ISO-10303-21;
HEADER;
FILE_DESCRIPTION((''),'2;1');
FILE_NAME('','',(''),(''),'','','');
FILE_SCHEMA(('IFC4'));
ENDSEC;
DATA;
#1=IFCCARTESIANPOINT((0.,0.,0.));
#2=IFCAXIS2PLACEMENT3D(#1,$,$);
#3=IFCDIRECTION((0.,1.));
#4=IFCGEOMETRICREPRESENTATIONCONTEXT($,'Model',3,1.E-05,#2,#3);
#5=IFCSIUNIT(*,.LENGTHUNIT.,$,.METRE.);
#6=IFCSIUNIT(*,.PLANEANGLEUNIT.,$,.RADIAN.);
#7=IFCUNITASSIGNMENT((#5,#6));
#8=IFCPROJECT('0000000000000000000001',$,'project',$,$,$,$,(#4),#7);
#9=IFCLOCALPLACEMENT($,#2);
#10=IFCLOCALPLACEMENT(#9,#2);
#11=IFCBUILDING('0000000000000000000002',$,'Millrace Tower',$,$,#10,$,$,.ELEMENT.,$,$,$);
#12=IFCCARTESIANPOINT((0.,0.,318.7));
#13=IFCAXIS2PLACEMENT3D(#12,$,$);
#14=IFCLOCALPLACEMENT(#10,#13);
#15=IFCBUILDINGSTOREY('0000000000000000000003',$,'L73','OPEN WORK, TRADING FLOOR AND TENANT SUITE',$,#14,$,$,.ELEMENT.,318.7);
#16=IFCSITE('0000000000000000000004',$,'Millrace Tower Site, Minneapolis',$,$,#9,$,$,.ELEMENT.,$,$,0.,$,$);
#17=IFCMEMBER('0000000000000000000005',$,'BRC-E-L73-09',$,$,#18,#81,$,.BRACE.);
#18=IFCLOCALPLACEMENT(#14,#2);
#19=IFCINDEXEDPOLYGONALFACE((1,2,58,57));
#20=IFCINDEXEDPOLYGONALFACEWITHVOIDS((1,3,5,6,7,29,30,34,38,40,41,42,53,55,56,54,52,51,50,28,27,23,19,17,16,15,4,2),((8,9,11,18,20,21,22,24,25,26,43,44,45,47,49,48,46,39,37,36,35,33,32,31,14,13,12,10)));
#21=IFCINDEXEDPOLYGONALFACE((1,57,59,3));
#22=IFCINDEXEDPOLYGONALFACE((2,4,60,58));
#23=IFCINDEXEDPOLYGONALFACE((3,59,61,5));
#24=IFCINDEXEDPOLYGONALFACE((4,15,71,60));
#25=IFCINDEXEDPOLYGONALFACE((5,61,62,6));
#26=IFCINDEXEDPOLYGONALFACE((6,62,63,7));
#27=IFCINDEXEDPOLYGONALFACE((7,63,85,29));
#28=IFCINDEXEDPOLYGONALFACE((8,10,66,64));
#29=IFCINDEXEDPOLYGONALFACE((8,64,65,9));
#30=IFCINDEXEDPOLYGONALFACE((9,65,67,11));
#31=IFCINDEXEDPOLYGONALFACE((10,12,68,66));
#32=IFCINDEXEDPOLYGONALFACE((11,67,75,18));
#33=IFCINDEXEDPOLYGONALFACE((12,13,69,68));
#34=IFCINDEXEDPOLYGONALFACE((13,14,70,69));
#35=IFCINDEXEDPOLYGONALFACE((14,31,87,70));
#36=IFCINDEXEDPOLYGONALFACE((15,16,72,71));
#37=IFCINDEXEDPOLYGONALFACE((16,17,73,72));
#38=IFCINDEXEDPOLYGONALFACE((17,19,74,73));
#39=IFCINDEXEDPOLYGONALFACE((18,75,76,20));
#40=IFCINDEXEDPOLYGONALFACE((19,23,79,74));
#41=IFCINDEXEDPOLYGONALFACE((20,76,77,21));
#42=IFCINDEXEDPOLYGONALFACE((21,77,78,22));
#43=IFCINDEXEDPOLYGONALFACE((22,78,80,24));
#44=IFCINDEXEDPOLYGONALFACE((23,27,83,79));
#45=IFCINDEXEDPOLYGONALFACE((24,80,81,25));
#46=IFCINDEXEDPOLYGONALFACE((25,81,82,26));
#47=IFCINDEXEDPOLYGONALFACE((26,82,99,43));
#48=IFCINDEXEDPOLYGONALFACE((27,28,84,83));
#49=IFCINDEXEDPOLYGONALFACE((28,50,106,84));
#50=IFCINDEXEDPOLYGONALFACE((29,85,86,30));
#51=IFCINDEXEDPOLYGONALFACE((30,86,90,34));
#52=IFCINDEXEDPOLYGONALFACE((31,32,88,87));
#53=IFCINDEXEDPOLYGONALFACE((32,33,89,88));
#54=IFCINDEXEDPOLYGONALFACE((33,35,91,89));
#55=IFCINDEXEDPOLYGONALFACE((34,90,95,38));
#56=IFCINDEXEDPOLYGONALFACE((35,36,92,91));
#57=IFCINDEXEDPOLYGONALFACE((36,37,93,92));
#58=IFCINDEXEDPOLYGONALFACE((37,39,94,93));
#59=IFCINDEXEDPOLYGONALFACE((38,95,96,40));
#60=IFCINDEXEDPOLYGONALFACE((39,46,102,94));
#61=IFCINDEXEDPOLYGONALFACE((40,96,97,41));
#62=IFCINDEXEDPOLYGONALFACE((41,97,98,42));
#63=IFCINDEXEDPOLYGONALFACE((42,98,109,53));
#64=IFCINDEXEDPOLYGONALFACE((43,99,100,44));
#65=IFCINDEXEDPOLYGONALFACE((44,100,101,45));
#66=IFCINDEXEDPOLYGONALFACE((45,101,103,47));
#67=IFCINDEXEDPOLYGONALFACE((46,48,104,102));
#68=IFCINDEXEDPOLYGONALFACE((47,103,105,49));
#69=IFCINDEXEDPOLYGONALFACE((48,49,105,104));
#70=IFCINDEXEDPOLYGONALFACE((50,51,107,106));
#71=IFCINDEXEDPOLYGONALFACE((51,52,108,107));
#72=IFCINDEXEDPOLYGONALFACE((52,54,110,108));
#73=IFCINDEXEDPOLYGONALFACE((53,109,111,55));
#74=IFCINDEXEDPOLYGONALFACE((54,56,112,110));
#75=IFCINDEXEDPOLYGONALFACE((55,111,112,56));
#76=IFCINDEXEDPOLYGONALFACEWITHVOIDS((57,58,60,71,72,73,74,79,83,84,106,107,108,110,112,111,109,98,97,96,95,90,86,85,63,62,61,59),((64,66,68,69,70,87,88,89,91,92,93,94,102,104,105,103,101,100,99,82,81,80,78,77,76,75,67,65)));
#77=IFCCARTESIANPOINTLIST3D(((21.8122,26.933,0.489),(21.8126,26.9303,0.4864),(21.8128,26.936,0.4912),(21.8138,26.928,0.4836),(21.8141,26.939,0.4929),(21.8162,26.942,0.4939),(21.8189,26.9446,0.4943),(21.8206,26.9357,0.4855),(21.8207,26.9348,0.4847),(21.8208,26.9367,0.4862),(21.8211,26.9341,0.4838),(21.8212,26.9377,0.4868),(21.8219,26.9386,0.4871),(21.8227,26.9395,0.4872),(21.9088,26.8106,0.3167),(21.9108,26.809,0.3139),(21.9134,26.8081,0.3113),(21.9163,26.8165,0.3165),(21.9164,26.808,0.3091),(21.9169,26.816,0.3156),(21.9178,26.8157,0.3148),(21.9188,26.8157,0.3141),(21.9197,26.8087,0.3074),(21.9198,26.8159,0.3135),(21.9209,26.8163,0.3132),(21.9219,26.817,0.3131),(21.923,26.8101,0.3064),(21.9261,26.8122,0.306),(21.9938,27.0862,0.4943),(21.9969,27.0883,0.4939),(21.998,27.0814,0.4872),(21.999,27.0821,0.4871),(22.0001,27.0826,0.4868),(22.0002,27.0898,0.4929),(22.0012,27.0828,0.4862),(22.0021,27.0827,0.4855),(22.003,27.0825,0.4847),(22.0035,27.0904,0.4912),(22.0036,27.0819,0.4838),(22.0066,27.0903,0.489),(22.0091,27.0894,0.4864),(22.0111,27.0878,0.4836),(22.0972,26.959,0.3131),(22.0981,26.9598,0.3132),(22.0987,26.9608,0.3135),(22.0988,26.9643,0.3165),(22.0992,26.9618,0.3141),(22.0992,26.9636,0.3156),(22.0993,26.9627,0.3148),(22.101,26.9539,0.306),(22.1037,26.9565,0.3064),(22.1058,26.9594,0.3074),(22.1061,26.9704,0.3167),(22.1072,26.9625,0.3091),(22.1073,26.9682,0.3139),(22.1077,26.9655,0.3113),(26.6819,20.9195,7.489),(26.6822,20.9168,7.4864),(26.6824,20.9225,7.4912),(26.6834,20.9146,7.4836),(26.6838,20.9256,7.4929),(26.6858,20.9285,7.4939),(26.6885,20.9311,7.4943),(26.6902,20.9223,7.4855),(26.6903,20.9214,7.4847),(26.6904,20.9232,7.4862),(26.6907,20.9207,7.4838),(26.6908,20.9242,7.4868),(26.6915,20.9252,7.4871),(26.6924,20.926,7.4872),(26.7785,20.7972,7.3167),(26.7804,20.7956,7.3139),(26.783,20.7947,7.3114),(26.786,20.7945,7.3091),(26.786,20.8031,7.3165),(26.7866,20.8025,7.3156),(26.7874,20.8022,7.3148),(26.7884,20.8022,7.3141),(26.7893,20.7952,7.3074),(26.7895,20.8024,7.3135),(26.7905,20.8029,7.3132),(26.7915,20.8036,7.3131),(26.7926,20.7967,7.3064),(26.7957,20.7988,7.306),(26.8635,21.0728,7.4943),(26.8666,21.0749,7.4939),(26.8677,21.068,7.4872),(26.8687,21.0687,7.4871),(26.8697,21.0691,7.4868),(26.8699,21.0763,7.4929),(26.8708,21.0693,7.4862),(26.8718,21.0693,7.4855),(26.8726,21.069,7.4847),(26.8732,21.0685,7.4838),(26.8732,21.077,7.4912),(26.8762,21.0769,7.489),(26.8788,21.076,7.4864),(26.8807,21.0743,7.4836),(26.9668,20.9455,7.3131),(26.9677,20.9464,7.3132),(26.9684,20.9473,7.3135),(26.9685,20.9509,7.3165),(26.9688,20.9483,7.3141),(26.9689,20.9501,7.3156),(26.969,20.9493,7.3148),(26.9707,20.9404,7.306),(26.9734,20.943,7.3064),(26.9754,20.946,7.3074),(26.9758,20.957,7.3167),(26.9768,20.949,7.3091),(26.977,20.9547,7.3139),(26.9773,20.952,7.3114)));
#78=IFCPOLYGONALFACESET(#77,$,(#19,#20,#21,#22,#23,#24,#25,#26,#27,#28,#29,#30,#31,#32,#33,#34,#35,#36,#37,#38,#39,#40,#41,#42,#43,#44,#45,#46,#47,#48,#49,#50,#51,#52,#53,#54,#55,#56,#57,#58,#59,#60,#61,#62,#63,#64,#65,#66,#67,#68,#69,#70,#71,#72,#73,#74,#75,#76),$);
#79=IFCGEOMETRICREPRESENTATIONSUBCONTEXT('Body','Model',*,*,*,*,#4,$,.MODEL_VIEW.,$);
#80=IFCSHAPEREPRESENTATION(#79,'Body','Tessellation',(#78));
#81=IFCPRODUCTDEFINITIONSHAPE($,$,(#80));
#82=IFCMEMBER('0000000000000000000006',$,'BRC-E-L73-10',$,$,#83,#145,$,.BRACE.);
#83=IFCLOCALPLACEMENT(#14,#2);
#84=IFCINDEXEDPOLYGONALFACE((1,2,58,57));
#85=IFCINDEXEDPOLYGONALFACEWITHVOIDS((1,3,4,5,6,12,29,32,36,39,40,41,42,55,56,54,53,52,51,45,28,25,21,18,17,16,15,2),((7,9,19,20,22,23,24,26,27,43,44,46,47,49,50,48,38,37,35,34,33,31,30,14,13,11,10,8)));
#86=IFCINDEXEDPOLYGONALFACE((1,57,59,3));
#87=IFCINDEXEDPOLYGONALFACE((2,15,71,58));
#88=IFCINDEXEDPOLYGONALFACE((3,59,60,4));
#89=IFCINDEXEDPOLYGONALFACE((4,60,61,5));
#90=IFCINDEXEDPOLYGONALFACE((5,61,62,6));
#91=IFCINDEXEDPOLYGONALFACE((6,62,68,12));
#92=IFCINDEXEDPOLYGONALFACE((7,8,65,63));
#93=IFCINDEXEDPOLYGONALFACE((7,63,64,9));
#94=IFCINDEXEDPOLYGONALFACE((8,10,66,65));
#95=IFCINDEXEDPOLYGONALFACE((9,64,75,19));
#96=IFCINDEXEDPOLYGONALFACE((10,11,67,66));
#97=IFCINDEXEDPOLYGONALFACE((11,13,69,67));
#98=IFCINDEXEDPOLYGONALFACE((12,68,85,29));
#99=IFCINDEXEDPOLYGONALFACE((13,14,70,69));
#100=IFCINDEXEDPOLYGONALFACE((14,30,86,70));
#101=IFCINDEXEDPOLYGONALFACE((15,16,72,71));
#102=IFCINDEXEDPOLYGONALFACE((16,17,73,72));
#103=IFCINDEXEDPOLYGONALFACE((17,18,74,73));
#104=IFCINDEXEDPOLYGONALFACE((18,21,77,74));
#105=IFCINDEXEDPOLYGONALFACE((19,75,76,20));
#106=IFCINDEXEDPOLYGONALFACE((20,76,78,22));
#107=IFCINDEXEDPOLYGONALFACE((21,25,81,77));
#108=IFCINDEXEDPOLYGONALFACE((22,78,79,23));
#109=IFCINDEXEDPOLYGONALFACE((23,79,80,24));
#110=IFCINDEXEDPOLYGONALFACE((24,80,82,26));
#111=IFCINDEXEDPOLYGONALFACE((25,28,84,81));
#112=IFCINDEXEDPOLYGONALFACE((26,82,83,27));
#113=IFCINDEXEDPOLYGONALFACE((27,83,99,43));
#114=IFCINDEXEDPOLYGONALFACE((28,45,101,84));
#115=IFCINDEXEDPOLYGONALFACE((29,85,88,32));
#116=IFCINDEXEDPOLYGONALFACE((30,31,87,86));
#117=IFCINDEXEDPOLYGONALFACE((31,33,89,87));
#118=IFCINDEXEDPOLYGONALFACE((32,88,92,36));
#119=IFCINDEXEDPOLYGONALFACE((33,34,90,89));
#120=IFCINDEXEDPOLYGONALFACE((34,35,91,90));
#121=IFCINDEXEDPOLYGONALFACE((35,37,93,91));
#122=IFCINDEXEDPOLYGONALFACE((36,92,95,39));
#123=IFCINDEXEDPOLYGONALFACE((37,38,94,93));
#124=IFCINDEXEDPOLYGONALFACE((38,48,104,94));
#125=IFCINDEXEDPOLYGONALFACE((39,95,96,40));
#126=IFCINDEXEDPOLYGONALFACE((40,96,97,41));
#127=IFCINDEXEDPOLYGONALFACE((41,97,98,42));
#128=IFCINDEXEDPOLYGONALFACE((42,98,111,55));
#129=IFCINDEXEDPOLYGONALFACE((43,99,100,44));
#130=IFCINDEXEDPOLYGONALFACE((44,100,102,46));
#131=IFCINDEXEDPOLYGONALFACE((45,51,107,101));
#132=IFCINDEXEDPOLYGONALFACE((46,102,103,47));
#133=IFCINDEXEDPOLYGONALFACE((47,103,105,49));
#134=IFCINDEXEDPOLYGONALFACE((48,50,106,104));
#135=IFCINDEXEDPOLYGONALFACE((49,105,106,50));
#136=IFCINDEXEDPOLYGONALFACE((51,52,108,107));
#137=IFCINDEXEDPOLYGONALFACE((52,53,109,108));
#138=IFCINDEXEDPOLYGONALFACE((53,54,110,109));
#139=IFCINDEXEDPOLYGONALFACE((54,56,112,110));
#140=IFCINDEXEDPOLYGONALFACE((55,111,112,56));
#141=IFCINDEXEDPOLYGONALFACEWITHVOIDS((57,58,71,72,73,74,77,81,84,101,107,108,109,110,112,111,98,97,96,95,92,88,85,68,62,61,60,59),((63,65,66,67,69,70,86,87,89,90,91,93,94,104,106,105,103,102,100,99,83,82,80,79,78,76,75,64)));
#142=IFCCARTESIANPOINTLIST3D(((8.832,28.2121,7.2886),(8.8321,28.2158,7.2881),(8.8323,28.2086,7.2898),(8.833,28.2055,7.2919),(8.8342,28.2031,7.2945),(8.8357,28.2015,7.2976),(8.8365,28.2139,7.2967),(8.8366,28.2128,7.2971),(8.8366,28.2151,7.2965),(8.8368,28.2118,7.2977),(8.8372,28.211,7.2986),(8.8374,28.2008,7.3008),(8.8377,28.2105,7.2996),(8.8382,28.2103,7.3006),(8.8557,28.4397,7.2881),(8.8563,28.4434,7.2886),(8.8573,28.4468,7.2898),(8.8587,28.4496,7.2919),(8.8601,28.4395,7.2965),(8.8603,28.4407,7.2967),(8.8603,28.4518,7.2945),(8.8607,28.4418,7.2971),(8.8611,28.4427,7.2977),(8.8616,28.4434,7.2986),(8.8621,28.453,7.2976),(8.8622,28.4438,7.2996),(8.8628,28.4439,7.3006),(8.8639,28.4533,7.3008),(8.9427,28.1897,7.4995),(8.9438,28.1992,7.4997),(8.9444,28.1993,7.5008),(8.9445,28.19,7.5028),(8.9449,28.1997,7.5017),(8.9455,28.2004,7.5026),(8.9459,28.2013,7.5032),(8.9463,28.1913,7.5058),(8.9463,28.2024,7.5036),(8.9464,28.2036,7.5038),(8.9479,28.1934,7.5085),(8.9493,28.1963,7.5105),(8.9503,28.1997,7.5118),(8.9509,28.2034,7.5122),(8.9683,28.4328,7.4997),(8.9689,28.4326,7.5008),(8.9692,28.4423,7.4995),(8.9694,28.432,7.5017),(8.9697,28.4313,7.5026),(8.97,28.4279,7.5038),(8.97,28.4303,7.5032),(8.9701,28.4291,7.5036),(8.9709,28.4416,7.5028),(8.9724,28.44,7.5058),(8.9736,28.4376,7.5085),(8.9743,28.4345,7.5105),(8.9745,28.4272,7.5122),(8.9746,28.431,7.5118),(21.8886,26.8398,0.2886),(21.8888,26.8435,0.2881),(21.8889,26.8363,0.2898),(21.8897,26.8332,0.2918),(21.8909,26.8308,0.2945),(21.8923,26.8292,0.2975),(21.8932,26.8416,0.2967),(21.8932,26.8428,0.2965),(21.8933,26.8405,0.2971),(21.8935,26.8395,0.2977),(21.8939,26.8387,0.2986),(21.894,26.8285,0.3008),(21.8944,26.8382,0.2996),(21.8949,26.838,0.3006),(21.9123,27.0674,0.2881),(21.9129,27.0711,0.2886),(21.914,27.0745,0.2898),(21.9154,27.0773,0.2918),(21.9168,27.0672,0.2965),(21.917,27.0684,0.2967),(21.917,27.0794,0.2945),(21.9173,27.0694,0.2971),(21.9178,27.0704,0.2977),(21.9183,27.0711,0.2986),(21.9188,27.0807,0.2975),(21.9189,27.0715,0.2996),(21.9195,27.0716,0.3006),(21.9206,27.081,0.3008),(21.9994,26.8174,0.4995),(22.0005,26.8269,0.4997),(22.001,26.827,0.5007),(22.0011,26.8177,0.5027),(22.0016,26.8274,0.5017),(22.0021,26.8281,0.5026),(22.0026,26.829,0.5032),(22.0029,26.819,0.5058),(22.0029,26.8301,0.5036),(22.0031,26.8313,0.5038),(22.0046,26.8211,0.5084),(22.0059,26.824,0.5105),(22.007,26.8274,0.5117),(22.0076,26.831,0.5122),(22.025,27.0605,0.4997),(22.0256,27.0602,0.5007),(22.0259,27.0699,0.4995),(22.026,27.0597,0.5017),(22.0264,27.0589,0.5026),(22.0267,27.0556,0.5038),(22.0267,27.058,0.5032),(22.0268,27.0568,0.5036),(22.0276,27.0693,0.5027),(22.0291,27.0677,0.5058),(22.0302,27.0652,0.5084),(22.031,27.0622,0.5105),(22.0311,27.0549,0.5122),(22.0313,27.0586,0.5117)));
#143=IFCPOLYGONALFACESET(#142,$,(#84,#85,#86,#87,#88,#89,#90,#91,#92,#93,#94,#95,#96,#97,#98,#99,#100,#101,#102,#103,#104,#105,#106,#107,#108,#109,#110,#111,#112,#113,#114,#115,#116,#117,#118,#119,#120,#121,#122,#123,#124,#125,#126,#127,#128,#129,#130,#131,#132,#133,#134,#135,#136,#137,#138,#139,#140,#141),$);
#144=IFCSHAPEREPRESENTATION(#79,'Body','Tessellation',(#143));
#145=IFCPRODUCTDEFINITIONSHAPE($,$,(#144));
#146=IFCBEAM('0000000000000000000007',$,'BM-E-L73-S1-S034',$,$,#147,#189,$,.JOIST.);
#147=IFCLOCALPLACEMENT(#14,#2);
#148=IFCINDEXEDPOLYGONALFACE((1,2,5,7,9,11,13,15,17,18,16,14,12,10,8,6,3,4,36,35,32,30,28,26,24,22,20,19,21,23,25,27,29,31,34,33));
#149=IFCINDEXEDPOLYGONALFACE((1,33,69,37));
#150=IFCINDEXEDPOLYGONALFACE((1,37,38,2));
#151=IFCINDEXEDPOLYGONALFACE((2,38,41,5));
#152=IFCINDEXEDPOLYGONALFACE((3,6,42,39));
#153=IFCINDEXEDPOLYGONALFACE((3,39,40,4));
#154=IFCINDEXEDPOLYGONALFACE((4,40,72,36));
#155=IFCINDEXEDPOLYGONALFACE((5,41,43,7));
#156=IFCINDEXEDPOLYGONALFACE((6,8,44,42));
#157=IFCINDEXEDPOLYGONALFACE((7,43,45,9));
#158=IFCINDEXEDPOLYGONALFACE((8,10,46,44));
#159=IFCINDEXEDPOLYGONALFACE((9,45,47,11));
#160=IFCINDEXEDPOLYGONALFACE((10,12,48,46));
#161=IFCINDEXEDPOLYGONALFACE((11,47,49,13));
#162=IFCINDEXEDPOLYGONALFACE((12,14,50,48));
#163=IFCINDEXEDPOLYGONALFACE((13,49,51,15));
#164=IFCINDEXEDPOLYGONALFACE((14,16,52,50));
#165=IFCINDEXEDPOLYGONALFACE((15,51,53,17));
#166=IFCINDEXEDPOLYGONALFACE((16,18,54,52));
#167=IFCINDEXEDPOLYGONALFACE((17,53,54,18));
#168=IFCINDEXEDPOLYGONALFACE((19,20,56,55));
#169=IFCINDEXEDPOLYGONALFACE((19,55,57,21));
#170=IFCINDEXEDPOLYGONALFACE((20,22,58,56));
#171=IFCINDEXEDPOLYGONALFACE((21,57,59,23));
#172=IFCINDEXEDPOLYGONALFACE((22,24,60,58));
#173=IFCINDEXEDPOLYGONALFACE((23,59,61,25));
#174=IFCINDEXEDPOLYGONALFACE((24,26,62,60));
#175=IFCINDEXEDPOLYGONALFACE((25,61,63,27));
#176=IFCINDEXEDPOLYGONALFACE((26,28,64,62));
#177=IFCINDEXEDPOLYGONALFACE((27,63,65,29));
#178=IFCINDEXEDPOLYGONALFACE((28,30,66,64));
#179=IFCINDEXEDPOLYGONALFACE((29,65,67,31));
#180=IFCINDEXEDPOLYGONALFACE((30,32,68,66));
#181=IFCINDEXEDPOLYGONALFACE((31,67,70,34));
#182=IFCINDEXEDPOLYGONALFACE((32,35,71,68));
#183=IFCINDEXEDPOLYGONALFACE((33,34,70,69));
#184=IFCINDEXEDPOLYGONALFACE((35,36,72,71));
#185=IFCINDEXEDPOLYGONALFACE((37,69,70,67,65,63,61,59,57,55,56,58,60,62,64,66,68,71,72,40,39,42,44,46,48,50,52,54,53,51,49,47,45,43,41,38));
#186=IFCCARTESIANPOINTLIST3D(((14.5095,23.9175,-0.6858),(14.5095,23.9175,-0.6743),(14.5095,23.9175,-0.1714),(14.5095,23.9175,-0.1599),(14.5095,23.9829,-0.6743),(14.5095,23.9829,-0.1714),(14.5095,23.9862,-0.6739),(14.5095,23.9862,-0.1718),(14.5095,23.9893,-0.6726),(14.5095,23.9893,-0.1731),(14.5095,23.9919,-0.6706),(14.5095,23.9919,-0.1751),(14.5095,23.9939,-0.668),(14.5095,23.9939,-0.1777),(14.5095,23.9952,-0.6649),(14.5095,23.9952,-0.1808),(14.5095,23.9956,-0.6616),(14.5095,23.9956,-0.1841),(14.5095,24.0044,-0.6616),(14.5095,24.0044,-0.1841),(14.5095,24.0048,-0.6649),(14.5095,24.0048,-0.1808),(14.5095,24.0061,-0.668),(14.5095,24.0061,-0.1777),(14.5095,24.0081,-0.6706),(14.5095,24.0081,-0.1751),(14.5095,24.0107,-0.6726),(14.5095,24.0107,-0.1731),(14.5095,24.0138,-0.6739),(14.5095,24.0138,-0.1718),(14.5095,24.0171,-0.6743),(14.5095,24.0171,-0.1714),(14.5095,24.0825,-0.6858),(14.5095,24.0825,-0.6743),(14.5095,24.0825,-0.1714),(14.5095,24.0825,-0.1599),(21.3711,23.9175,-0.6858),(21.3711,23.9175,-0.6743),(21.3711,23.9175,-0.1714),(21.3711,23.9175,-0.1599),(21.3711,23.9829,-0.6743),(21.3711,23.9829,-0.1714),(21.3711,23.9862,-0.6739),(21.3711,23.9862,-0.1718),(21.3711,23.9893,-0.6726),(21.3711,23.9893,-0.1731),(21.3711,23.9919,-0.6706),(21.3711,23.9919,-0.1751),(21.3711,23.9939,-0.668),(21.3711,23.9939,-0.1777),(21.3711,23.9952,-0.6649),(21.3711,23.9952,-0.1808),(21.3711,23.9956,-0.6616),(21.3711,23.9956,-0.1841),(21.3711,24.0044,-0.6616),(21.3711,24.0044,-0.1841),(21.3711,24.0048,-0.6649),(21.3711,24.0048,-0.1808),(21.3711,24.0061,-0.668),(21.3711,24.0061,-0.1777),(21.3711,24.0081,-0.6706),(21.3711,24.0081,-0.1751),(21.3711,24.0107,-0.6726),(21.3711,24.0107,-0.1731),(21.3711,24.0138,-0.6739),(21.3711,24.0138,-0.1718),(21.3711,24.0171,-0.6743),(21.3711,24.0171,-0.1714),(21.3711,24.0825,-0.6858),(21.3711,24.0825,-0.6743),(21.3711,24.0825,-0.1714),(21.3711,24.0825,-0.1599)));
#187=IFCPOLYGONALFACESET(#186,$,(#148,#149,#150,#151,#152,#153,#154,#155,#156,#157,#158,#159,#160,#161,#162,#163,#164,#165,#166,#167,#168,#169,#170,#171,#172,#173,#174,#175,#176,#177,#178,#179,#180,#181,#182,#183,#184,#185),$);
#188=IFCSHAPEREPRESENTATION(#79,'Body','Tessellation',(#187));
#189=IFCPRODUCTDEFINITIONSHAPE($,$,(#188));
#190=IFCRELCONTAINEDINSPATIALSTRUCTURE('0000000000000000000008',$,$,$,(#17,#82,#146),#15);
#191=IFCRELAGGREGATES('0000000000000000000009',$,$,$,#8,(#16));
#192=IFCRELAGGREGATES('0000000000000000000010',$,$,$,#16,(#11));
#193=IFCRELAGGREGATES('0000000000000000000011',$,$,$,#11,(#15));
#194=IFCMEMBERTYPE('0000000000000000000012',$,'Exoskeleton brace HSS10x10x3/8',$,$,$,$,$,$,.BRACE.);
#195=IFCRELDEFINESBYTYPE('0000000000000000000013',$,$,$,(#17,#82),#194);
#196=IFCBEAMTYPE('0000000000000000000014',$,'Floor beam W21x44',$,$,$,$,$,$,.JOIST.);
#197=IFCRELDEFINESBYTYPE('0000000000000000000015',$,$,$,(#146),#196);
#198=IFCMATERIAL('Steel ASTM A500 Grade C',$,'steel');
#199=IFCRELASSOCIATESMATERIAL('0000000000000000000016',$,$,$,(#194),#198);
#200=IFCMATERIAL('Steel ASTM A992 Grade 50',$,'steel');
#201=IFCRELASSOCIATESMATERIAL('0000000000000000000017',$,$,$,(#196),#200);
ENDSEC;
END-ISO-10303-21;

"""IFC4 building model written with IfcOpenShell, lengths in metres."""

from ifc_helpers import new_model, si_unit, direction, frame, origin, origin_2d, place, context, subcontext, project, spatial, hollow_rectangle, i_section, extrude, material, material_profile, profile_set, type_object, element, save


model = new_model("IFC4")

# Units and contexts
model_context = context("Model", 3, precision=1e-05, world=origin(), true_north=direction((0.0, 1.0)))
body_context = subcontext(model_context, "Body", "Model", "MODEL_VIEW")
ifc_project = project(units=[si_unit("LENGTHUNIT", "METRE"), si_unit("PLANEANGLEUNIT", "RADIAN")], contexts=[model_context])

# Site, building, storey
site_placement = place(None, origin())
site = spatial("IfcSite", under=ifc_project, at=site_placement, Name="Millrace Tower Site, Minneapolis", CompositionType="ELEMENT", RefElevation=0.0)
building_placement = place(site_placement, origin())
building = spatial("IfcBuilding", under=site, at=building_placement, Name="Millrace Tower", CompositionType="ELEMENT")
storey_placement = place(building_placement, frame((0.0, 0.0, 318.7)))
storey = spatial("IfcBuildingStorey", under=building, at=storey_placement, Name="L73", Description="OPEN WORK, TRADING FLOOR AND TENANT SUITE", CompositionType="ELEMENT", Elevation=318.7)

# Members
ifc_material_1 = material(Name="Steel ASTM A500 Grade C", Category="steel")
ifc_material_profile_1 = material_profile(ifc_material_1, hollow_rectangle(XDim=0.2539, YDim=0.2539, WallThickness=0.0095, InnerFilletRadius=0.0046, OuterFilletRadius=0.0144, at=origin_2d()))
ifc_profile_set_1 = profile_set([ifc_material_profile_1], Name="Steel ASTM A500 Grade C")
member_type_1 = type_object("IfcMemberType", Name="Exoskeleton brace HSS10x10x3/8", PredefinedType="BRACE", material=ifc_profile_set_1)
member_1_placement = place(storey_placement, frame((21.96, 26.9492, 0.4001), z_axis=(0.466694, -0.576314, 0.670864), x_axis=(0.777143, 0.629324, 0.0)))
element("IfcMember", 1, at=member_1_placement, inside=storey, type_object=member_type_1, Name="BRC-E-L73-09", PredefinedType="BRACE", context=body_context, shape_type="SweptSolid", body=[
    extrude(hollow_rectangle(XDim=0.2539, YDim=0.2539, WallThickness=0.0095, InnerFilletRadius=0.0046, OuterFilletRadius=0.0144, at=origin_2d()), origin(), (0.0, 0.0, 1.0), 10.4343),
])
member_2_placement = place(storey_placement, frame((21.96, 26.9492, 0.4001), z_axis=(-0.877572, 0.092237, 0.470489), x_axis=(-0.104529, -0.994522, 0.0)))
element("IfcMember", 2, at=member_2_placement, inside=storey, type_object=member_type_1, Name="BRC-E-L73-10", PredefinedType="BRACE", context=body_context, shape_type="SweptSolid", body=[
    extrude(hollow_rectangle(XDim=0.2539, YDim=0.2539, WallThickness=0.0095, InnerFilletRadius=0.0046, OuterFilletRadius=0.0144, at=origin_2d()), origin(), (0.0, 0.0, 1.0), 14.8782),
])

# Beam
ifc_material_2 = material(Name="Steel ASTM A992 Grade 50", Category="steel")
ifc_material_profile_2 = material_profile(ifc_material_2, i_section(OverallWidth=0.165, OverallDepth=0.5259, WebThickness=0.0088, FlangeThickness=0.0115, FilletRadius=0.0127, at=origin_2d()))
ifc_profile_set_2 = profile_set([ifc_material_profile_2], Name="Steel ASTM A992 Grade 50")
beam_type_1 = type_object("IfcBeamType", Name="Floor beam W21x44", PredefinedType="JOIST", material=ifc_profile_set_2)
beam_1_placement = place(storey_placement, frame((14.5095, 24.0, -0.4229), z_axis=(1.0, 0.0, 0.0), x_axis=(0.0, 1.0, 0.0)))
element("IfcBeam", 3, at=beam_1_placement, inside=storey, type_object=beam_type_1, Name="BM-E-L73-S1-S034", PredefinedType="JOIST", context=body_context, shape_type="SweptSolid", body=[
    extrude(i_section(OverallWidth=0.165, OverallDepth=0.5259, WebThickness=0.0088, FlangeThickness=0.0115, FilletRadius=0.0127, at=origin_2d()), origin(), (0.0, 0.0, 1.0), 6.8616),
])

save(model, "model.ifc")
